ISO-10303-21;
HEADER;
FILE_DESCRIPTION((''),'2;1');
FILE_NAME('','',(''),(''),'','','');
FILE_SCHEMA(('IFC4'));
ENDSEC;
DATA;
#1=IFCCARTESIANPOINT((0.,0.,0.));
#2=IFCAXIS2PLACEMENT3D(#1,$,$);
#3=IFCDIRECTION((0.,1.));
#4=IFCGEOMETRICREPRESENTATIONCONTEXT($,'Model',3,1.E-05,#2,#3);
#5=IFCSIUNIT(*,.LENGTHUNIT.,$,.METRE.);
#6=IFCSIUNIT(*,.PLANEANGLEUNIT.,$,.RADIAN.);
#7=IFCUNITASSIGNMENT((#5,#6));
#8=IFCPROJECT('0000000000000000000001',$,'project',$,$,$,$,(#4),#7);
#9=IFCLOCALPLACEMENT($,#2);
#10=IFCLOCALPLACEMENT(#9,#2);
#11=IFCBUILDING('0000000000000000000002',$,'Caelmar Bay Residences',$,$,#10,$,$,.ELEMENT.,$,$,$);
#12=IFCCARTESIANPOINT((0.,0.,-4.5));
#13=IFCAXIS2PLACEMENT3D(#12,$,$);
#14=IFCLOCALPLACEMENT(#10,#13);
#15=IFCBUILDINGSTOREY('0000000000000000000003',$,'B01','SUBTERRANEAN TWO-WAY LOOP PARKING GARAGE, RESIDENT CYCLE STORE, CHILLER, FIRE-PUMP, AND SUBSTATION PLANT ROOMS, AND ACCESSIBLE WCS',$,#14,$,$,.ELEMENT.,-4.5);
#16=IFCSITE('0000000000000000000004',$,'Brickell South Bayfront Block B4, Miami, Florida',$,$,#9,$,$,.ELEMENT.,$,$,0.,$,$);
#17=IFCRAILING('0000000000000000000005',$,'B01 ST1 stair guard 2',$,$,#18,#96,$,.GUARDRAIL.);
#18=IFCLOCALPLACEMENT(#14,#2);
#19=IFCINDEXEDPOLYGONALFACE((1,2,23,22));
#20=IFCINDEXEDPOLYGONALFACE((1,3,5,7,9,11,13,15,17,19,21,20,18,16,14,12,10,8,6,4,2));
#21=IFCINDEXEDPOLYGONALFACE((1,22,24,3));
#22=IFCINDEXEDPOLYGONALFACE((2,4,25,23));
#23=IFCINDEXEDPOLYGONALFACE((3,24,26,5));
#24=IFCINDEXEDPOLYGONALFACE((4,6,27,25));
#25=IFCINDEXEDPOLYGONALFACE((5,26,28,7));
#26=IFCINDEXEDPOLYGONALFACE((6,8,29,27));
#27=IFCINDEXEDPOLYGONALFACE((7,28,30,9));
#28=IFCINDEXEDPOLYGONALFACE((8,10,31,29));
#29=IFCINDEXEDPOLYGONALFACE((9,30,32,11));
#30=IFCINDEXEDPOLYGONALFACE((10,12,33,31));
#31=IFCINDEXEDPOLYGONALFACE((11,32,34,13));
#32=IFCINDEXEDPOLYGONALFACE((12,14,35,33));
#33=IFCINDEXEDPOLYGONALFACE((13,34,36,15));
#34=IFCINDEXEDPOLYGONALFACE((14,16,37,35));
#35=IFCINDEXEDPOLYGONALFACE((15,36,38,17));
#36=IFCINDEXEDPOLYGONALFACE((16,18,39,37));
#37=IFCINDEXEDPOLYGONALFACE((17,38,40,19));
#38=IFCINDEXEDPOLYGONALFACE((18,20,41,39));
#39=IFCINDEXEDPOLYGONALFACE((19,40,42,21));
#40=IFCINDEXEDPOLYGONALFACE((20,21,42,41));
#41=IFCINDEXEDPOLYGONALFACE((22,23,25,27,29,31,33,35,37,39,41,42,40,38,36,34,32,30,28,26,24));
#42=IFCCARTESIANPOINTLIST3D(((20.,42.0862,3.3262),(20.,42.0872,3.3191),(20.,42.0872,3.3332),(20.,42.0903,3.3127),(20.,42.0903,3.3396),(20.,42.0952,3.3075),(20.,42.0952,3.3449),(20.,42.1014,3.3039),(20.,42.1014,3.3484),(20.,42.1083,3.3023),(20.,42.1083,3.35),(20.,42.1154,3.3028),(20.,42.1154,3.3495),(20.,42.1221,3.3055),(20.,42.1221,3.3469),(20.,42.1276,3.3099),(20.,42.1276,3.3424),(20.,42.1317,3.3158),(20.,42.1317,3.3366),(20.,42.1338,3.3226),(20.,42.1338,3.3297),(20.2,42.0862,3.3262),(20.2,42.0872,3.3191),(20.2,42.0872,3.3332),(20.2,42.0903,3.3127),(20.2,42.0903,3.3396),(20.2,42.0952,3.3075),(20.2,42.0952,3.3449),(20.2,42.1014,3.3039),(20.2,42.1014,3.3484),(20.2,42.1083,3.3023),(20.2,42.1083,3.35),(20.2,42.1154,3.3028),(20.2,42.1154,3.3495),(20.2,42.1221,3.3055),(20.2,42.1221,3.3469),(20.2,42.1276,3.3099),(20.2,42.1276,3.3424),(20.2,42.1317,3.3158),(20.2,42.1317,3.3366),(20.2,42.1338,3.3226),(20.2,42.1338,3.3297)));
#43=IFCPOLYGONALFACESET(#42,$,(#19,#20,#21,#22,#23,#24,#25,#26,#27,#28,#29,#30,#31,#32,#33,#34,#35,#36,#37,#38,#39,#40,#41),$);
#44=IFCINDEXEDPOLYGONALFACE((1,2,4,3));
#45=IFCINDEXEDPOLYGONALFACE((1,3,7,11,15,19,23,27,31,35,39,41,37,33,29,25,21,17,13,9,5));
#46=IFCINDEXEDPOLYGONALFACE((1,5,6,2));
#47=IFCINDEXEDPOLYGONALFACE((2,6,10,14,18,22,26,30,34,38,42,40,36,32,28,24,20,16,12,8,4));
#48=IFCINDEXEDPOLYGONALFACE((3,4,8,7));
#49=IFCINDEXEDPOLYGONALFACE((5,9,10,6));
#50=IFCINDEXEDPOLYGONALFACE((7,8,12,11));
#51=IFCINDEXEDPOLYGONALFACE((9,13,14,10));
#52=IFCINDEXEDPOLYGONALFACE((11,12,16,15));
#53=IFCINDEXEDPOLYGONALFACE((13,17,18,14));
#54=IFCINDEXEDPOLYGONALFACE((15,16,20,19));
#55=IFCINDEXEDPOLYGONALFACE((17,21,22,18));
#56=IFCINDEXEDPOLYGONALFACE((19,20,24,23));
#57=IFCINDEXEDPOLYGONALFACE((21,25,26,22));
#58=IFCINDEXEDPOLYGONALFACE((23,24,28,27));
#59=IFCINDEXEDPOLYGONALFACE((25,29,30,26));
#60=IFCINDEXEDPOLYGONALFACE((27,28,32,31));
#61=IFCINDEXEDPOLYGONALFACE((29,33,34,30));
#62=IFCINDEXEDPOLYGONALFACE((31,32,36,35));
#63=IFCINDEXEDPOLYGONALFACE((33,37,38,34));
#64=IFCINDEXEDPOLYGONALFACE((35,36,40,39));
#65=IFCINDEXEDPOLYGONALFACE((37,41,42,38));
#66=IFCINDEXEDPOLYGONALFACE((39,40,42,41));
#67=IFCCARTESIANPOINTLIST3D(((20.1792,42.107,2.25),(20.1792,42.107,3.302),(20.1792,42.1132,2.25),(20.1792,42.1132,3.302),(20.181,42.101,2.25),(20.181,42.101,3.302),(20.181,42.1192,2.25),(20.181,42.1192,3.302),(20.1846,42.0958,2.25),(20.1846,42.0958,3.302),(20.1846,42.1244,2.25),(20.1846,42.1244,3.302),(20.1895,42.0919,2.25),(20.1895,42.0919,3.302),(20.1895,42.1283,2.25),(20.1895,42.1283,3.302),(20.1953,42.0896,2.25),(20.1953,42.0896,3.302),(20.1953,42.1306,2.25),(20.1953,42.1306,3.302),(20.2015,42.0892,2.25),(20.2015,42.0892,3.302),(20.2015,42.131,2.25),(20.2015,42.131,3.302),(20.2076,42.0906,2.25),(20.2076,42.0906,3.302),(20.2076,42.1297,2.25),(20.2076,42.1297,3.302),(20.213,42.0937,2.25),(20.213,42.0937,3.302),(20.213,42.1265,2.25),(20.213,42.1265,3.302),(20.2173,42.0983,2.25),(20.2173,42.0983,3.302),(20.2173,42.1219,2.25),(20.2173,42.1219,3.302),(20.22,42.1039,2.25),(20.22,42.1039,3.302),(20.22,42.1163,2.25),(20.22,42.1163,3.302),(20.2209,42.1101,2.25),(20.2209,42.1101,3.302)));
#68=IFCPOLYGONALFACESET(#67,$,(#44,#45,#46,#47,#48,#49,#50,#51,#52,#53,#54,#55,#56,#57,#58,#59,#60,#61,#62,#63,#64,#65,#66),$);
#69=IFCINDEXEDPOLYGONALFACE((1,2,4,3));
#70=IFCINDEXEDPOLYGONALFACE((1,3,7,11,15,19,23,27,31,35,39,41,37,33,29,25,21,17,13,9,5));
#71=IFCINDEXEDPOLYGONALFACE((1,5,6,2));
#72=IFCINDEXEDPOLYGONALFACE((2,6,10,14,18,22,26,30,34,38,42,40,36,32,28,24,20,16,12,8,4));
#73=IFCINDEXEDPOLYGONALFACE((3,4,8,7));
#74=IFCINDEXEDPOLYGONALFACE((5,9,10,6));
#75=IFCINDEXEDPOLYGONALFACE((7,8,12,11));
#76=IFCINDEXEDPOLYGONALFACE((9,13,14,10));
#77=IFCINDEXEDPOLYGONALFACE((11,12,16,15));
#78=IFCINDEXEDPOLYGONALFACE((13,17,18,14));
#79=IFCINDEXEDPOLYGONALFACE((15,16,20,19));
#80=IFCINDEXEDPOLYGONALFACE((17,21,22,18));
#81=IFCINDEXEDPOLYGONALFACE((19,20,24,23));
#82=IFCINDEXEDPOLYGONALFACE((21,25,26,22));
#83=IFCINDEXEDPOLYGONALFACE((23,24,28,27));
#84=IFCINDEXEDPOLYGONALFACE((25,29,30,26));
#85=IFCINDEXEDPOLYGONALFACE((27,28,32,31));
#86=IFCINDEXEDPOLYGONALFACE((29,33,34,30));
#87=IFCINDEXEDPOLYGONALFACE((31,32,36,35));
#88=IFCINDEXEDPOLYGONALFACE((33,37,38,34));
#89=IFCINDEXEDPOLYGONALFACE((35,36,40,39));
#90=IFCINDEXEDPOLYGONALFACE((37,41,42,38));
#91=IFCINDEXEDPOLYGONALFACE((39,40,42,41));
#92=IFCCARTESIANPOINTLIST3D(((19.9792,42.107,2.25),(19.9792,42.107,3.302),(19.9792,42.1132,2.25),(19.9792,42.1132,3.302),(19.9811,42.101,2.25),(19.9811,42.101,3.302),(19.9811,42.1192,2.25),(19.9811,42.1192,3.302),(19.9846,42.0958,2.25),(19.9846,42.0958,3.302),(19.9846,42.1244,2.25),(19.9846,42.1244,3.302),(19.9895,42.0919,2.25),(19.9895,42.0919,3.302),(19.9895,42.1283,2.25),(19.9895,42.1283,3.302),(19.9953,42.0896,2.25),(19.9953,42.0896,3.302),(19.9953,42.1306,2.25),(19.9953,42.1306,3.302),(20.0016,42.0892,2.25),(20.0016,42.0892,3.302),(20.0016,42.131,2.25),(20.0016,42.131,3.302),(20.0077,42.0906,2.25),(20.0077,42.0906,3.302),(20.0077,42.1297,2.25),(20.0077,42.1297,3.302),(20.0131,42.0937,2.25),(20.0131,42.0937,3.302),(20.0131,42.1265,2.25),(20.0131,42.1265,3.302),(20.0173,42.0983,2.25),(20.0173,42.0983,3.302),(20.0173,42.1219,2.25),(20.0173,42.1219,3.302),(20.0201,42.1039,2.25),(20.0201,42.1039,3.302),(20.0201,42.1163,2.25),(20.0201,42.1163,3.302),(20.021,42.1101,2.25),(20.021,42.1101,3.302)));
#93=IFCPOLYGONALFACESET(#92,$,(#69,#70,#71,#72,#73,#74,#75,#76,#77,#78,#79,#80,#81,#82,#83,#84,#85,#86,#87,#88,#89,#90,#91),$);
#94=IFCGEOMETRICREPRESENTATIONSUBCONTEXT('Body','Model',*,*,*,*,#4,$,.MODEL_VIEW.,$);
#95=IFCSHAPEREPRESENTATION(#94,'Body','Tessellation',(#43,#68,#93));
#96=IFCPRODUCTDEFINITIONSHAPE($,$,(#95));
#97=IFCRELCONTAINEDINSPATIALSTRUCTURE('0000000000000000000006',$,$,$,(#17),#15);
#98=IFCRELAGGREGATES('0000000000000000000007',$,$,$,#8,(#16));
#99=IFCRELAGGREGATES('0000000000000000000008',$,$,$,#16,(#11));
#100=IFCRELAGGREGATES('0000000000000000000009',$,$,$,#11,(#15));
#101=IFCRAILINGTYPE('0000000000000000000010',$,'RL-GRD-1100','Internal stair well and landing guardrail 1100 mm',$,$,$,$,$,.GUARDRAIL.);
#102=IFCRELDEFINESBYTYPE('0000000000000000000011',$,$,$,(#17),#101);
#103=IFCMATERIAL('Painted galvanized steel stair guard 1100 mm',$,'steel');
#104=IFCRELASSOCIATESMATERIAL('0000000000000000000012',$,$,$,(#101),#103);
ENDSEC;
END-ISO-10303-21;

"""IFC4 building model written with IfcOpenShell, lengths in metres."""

from ifc_helpers import new_model, si_unit, direction, frame, origin, origin_2d, place, context, subcontext, project, spatial, circle, extrude, material, type_object, element, save


model = new_model("IFC4")

# Units and contexts
model_context = context("Model", 3, precision=1e-05, world=origin(), true_north=direction((0.0, 1.0)))
body_context = subcontext(model_context, "Body", "Model", "MODEL_VIEW")
ifc_project = project(units=[si_unit("LENGTHUNIT", "METRE"), si_unit("PLANEANGLEUNIT", "RADIAN")], contexts=[model_context])

# Site, building, storey
site_placement = place(None, origin())
site = spatial("IfcSite", under=ifc_project, at=site_placement, Name="Brickell South Bayfront Block B4, Miami, Florida", CompositionType="ELEMENT", RefElevation=0.0)
building_placement = place(site_placement, origin())
building = spatial("IfcBuilding", under=site, at=building_placement, Name="Caelmar Bay Residences", CompositionType="ELEMENT")
storey_placement = place(building_placement, frame((0.0, 0.0, -4.5)))
storey = spatial("IfcBuildingStorey", under=building, at=storey_placement, Name="B01", Description="SUBTERRANEAN TWO-WAY LOOP PARKING GARAGE, RESIDENT CYCLE STORE, CHILLER, FIRE-PUMP, AND SUBSTATION PLANT ROOMS, AND ACCESSIBLE WCS", CompositionType="ELEMENT", Elevation=-4.5)

# Railing
ifc_material_1 = material(Name="Painted galvanized steel stair guard 1100 mm", Category="steel")
railing_type_1 = type_object("IfcRailingType", Name="RL-GRD-1100", Description="Internal stair well and landing guardrail 1100 mm", PredefinedType="GUARDRAIL", material=ifc_material_1)
railing_1_placement = place(storey_placement, frame((20.2, 42.1101, 2.25)))
element("IfcRailing", 1, at=railing_1_placement, inside=storey, type_object=railing_type_1, Name="B01 ST1 stair guard 2", PredefinedType="GUARDRAIL", context=body_context, shape_type="SweptSolid", body=[
    extrude(circle(Radius=0.0239, at=origin_2d()), frame((0.0, 0.0, 1.0762), z_axis=(-1.0, 0.0, 0.0), x_axis=(0.0, -1.0, 0.0)), (0.0, 0.0, 1.0), 0.2),
    extrude(circle(Radius=0.021, at=origin_2d()), origin(), (0.0, 0.0, 1.0), 1.052),
    extrude(circle(Radius=0.021, at=origin_2d()), frame((-0.2, 0.0, 0.0)), (0.0, 0.0, 1.0), 1.052),
])

save(model, "model.ifc")
